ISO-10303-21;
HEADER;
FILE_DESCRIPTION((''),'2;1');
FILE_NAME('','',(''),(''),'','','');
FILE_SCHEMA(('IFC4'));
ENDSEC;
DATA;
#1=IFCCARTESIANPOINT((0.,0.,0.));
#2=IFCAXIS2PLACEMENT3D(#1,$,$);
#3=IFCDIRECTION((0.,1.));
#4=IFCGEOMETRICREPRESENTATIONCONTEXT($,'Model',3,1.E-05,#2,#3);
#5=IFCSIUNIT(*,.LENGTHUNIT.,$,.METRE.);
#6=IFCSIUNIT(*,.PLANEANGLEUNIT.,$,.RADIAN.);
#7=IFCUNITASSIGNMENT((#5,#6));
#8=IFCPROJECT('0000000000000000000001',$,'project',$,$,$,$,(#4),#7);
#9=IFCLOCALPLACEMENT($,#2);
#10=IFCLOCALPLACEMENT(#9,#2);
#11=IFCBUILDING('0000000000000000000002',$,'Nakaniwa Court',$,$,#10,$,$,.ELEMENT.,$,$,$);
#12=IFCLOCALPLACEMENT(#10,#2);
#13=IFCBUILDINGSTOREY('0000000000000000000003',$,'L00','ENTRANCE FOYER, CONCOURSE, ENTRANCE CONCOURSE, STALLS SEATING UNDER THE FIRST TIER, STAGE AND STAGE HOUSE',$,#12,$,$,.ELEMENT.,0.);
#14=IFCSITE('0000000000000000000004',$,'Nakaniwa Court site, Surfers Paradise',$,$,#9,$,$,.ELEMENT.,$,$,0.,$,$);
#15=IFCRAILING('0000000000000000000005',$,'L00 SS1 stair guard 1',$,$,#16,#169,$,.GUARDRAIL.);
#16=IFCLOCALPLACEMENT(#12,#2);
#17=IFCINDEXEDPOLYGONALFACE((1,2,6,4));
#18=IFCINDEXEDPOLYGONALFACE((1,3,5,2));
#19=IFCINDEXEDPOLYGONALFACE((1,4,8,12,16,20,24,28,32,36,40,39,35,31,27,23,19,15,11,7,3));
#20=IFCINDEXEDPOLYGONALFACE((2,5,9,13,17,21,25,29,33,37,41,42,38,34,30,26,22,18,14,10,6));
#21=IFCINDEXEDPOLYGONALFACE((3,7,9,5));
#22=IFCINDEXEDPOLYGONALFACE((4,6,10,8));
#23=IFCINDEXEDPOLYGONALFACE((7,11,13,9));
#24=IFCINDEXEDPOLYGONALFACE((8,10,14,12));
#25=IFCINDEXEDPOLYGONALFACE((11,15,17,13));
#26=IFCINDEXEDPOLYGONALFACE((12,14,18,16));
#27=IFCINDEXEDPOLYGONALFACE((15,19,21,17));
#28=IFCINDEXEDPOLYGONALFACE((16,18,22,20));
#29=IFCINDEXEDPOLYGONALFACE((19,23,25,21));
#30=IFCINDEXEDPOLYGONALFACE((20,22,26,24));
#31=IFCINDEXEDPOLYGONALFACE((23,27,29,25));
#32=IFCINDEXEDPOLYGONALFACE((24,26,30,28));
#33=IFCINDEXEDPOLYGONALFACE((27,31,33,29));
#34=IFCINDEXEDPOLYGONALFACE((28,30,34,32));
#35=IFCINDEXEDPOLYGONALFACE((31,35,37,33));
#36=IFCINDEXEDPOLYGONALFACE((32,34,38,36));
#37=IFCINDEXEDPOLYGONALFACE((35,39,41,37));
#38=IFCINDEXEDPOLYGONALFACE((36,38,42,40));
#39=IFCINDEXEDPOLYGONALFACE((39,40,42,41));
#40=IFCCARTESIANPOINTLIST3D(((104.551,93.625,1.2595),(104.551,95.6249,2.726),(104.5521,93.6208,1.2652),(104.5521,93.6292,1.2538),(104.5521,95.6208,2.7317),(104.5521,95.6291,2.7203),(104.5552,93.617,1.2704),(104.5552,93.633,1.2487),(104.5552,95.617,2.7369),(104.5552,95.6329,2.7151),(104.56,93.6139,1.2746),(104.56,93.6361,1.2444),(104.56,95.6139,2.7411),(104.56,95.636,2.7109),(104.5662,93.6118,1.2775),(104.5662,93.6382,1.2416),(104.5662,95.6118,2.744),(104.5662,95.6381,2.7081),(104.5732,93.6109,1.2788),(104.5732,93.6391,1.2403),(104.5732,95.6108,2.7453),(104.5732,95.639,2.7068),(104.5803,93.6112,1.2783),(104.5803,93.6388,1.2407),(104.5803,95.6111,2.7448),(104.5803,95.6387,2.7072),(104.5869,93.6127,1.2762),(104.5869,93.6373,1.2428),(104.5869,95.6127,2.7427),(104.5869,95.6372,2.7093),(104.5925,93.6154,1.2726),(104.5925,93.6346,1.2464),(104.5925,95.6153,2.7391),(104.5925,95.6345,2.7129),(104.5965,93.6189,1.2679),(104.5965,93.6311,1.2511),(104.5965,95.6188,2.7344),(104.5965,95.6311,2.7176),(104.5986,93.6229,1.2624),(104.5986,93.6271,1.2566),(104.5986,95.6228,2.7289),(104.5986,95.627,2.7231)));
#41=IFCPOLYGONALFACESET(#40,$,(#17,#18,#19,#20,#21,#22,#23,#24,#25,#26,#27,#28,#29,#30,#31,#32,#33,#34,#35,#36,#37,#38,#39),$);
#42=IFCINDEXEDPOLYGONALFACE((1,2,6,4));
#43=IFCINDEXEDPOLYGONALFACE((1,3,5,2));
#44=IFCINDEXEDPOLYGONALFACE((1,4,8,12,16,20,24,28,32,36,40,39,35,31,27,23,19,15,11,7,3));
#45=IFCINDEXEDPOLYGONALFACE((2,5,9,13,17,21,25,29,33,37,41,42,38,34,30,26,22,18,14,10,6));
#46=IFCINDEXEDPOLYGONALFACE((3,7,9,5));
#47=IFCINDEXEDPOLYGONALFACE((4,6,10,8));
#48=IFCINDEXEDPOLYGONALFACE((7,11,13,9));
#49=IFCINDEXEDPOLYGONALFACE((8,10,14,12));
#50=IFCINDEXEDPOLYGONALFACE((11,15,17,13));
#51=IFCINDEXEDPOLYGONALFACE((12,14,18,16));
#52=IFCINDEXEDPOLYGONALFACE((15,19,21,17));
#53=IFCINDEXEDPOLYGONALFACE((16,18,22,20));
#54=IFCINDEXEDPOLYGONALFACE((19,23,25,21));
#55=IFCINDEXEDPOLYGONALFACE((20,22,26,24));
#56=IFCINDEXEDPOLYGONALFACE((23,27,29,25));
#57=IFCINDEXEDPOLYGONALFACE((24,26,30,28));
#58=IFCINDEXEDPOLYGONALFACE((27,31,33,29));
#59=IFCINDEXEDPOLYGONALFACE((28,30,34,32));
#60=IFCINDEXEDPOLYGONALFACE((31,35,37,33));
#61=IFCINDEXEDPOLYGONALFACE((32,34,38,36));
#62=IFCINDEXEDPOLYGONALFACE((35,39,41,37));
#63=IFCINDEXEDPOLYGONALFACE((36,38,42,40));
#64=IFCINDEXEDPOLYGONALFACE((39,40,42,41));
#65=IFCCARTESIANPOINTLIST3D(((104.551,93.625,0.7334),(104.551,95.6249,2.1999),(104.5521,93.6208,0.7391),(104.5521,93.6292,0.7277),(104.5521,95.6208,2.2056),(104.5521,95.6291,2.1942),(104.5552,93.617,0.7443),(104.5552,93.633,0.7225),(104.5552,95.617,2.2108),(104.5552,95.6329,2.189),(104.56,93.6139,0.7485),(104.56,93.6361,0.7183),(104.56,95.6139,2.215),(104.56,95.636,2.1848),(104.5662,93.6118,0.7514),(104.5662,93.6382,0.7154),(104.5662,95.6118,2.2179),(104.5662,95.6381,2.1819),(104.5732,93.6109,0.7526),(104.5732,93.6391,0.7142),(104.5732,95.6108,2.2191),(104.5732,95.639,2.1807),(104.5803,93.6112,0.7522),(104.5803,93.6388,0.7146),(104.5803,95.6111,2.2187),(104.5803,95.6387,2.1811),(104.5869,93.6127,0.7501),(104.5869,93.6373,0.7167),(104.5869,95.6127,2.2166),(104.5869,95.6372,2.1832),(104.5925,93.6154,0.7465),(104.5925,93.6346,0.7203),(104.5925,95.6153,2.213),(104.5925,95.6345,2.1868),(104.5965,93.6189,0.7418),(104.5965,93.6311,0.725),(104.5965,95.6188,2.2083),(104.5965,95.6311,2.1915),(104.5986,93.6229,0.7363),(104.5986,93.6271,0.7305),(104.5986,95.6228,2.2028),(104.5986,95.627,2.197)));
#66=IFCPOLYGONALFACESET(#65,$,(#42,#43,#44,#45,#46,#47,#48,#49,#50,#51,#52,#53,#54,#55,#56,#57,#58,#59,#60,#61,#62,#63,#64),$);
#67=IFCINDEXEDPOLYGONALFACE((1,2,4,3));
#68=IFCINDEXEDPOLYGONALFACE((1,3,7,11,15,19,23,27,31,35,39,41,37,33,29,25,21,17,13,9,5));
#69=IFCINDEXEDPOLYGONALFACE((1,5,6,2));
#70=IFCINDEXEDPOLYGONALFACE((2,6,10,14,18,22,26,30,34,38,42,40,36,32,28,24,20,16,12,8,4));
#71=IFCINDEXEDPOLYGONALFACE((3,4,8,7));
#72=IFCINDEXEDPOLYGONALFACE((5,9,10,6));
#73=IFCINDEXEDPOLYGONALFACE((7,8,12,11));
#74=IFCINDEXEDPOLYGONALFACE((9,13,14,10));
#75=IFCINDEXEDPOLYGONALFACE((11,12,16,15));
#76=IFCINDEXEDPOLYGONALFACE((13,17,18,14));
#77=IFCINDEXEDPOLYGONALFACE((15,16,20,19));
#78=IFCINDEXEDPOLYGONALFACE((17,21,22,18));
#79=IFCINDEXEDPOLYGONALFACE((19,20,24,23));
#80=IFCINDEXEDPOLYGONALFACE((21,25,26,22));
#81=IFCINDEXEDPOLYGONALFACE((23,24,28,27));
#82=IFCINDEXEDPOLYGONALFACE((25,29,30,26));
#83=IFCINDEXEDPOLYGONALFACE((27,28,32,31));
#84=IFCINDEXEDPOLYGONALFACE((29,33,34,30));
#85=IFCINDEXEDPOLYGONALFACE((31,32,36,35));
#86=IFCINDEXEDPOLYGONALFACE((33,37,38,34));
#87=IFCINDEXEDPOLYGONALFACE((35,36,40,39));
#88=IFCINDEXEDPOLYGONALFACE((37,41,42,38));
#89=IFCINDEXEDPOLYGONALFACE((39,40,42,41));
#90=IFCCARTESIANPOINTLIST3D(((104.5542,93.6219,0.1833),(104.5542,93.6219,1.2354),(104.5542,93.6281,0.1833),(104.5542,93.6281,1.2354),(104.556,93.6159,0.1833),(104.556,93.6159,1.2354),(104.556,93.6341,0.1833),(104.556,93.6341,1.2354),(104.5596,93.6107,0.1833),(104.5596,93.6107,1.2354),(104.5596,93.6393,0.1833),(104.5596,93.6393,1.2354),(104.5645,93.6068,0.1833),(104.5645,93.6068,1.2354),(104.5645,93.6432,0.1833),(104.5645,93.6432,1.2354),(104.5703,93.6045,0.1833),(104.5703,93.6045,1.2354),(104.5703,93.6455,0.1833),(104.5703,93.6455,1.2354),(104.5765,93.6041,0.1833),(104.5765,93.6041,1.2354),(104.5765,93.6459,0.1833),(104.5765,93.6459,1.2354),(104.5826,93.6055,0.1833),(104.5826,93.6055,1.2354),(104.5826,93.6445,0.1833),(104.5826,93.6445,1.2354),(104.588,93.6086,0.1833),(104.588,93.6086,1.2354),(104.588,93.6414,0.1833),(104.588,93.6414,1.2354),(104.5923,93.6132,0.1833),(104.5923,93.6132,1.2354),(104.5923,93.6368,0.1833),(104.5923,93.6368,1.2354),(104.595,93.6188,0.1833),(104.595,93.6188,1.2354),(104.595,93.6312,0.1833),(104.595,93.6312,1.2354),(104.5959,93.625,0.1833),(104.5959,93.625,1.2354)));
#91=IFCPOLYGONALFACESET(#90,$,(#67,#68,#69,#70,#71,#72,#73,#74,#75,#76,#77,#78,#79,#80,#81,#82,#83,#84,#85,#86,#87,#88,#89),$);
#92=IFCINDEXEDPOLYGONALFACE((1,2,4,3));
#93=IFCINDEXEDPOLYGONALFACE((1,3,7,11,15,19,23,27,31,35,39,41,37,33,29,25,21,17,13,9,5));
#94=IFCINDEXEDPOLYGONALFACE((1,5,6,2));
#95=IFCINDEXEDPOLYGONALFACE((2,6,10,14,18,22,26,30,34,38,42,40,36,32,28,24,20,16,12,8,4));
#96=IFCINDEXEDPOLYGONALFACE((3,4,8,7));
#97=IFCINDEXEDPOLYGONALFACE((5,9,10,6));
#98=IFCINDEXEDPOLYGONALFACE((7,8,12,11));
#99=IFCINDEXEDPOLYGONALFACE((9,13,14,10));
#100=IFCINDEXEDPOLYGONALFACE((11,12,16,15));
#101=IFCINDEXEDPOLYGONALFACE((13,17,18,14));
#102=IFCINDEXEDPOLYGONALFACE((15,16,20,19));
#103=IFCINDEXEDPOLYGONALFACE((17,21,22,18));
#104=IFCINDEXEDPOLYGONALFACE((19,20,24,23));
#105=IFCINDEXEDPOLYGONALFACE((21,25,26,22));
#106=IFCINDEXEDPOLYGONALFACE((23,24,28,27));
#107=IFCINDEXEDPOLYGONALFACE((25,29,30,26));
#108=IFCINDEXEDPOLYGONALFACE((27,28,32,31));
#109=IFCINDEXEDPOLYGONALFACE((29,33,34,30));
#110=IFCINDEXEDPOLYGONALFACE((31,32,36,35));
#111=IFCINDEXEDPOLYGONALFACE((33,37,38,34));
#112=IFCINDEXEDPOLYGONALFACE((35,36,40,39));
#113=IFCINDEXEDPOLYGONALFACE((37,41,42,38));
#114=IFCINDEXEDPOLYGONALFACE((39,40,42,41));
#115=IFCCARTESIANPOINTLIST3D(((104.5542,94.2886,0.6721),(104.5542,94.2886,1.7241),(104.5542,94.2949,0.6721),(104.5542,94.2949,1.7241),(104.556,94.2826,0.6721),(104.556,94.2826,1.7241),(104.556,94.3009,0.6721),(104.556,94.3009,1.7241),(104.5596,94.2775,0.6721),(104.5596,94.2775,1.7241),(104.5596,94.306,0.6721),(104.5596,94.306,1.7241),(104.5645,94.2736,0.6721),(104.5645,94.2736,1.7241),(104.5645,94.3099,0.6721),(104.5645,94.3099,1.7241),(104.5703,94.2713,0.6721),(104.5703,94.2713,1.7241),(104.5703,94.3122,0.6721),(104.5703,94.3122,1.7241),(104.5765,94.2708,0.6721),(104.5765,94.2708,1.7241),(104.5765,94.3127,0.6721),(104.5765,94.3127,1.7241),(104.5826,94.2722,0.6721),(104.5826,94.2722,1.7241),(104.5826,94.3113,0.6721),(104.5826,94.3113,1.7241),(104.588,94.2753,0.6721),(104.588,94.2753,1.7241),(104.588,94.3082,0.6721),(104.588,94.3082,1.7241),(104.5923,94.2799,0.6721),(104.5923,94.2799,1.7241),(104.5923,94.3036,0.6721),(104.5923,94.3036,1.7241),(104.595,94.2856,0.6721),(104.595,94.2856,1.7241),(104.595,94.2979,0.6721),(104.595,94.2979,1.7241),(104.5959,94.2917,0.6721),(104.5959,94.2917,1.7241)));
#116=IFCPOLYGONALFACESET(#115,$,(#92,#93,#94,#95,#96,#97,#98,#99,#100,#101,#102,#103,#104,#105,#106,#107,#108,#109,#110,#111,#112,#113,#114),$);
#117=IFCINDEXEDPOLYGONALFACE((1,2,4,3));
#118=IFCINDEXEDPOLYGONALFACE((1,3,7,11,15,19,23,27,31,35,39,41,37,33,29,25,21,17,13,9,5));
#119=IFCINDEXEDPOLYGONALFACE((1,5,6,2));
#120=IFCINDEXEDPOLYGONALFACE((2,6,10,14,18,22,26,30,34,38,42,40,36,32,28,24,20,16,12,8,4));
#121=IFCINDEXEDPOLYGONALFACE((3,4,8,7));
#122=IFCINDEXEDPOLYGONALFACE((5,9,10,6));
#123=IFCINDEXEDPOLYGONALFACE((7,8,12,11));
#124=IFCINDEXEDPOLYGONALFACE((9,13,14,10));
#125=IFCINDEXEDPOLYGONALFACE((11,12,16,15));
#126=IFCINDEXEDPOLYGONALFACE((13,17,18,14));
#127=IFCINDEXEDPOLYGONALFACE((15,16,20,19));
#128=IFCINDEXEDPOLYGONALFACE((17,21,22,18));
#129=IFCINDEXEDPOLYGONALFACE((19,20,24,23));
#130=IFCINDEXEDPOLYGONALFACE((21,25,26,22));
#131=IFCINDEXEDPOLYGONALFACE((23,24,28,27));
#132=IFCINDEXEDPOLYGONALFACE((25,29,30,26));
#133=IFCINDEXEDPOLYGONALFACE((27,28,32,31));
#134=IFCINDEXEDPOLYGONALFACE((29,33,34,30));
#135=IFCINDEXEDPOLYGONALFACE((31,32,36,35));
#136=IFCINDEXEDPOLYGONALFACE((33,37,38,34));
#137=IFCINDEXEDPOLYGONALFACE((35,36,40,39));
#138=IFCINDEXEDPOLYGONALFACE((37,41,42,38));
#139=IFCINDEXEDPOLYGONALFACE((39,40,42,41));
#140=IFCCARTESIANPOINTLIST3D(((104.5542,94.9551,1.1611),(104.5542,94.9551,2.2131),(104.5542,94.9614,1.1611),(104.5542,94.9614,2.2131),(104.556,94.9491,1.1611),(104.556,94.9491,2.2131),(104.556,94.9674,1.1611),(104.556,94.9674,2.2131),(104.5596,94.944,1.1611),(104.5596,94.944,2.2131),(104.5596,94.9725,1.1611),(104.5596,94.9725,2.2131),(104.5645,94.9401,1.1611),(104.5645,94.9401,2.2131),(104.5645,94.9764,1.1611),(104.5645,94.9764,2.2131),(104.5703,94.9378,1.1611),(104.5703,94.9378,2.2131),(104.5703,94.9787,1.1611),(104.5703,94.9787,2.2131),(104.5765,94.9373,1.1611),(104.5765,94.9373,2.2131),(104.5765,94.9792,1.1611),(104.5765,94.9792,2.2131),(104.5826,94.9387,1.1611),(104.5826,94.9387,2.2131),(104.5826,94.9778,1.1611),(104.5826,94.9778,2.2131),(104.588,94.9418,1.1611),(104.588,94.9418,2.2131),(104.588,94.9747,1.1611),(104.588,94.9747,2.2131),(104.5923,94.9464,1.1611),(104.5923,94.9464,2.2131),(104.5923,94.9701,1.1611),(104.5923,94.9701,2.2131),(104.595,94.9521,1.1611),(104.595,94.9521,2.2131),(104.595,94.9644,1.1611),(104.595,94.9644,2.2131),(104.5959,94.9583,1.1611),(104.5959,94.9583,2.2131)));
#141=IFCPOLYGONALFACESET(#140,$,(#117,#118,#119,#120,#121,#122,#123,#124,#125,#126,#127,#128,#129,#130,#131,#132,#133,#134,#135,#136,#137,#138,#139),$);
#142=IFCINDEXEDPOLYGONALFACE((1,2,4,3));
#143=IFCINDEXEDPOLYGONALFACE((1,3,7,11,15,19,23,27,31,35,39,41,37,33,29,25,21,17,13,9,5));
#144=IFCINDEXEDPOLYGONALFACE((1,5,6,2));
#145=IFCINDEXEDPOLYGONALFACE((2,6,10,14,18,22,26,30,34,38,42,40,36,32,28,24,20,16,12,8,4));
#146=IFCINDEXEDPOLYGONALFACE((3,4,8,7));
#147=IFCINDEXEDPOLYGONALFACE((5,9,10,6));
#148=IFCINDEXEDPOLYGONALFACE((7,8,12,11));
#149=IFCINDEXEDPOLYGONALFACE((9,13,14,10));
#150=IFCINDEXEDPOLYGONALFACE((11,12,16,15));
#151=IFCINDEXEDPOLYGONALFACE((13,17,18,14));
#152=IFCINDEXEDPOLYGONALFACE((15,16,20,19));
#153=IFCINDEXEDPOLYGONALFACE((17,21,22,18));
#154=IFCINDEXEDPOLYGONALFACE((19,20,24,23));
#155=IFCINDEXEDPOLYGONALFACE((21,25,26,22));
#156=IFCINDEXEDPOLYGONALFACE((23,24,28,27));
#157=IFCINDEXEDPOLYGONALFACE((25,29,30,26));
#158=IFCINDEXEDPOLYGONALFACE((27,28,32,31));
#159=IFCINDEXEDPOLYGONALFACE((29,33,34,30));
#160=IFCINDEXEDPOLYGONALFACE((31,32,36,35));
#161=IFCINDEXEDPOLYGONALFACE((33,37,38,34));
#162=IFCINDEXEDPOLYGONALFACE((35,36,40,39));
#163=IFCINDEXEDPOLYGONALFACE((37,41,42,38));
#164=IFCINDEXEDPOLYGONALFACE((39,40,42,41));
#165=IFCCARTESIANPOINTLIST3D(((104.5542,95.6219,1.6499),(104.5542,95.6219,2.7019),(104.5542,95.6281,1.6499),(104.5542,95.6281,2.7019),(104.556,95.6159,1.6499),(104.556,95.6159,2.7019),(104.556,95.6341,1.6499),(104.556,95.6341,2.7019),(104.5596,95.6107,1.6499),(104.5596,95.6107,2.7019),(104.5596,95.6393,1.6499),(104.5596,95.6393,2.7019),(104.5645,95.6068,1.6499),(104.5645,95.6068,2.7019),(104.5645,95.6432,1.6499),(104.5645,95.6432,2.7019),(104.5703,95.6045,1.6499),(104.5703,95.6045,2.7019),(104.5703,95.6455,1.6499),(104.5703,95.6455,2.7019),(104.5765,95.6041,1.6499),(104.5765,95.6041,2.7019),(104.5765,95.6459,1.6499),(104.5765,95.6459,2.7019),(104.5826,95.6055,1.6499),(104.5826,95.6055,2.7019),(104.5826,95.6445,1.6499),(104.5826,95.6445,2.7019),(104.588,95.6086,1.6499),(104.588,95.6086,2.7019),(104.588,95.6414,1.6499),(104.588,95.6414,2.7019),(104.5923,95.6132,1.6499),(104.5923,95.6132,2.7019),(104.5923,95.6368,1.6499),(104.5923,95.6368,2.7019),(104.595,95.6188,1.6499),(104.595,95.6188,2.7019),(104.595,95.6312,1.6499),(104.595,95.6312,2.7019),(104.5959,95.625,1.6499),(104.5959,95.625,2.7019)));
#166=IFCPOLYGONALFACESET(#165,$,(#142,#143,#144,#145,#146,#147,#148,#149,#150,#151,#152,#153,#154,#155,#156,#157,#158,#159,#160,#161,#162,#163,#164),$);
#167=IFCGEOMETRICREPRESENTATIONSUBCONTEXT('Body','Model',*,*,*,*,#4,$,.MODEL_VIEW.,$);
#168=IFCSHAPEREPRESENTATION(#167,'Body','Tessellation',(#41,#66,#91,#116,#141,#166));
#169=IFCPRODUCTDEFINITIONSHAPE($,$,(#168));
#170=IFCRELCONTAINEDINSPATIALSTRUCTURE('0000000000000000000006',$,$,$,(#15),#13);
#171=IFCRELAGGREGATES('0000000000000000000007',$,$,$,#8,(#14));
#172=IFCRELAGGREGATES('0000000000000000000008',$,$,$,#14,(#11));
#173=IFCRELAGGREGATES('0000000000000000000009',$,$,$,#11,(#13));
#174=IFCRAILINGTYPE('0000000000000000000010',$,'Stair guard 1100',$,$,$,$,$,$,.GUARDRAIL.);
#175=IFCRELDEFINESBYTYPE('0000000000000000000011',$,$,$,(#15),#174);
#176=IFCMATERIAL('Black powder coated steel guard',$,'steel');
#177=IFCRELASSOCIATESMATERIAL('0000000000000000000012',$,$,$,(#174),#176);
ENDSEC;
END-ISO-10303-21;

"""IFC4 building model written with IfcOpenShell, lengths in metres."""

from ifc_helpers import new_model, si_unit, direction, frame, origin, origin_2d, place, context, subcontext, project, spatial, circle, extrude, material, type_object, element, save


model = new_model("IFC4")

# Units and contexts
model_context = context("Model", 3, precision=1e-05, world=origin(), true_north=direction((0.0, 1.0)))
body_context = subcontext(model_context, "Body", "Model", "MODEL_VIEW")
ifc_project = project(units=[si_unit("LENGTHUNIT", "METRE"), si_unit("PLANEANGLEUNIT", "RADIAN")], contexts=[model_context])

# Site, building, storey
site_placement = place(None, origin())
site = spatial("IfcSite", under=ifc_project, at=site_placement, Name="Nakaniwa Court site, Surfers Paradise", CompositionType="ELEMENT", RefElevation=0.0)
building_placement = place(site_placement, origin())
building = spatial("IfcBuilding", under=site, at=building_placement, Name="Nakaniwa Court", CompositionType="ELEMENT")
storey_placement = place(building_placement, origin())
storey = spatial("IfcBuildingStorey", under=building, at=storey_placement, Name="L00", Description="ENTRANCE FOYER, CONCOURSE, ENTRANCE CONCOURSE, STALLS SEATING UNDER THE FIRST TIER, STAGE AND STAGE HOUSE", CompositionType="ELEMENT", Elevation=0.0)

# Railing
ifc_material_1 = material(Name="Black powder coated steel guard", Category="steel")
railing_type_1 = type_object("IfcRailingType", Name="Stair guard 1100", PredefinedType="GUARDRAIL", material=ifc_material_1)
railing_1_placement = place(storey_placement, frame((104.575, 93.625, 0.1833)))
element("IfcRailing", 1, at=railing_1_placement, inside=storey, type_object=railing_type_1, Name="L00 SS1 stair guard 1", PredefinedType="GUARDRAIL", context=body_context, shape_type="SweptSolid", body=[
    extrude(circle(Radius=0.0239, at=origin_2d()), frame((0.0, 0.0, 1.0762), z_axis=(0.0, 0.806427, 0.591334), x_axis=(-1.0, 0.0, 0.0)), (0.0, 0.0, 1.0), 2.48),
    extrude(circle(Radius=0.0239, at=origin_2d()), frame((0.0, 0.0, 0.55), z_axis=(0.0, 0.806427, 0.591334), x_axis=(-1.0, 0.0, 0.0)), (0.0, 0.0, 1.0), 2.48),
    extrude(circle(Radius=0.021, at=origin_2d()), origin(), (0.0, 0.0, 1.0), 1.052),
    extrude(circle(Radius=0.021, at=origin_2d()), frame((0.0, 0.6667, 0.4888)), (0.0, 0.0, 1.0), 1.052),
    extrude(circle(Radius=0.021, at=origin_2d()), frame((0.0, 1.3333, 0.9778)), (0.0, 0.0, 1.0), 1.052),
    extrude(circle(Radius=0.021, at=origin_2d()), frame((0.0, 2.0, 1.4666)), (0.0, 0.0, 1.0), 1.052),
])

save(model, "model.ifc")
